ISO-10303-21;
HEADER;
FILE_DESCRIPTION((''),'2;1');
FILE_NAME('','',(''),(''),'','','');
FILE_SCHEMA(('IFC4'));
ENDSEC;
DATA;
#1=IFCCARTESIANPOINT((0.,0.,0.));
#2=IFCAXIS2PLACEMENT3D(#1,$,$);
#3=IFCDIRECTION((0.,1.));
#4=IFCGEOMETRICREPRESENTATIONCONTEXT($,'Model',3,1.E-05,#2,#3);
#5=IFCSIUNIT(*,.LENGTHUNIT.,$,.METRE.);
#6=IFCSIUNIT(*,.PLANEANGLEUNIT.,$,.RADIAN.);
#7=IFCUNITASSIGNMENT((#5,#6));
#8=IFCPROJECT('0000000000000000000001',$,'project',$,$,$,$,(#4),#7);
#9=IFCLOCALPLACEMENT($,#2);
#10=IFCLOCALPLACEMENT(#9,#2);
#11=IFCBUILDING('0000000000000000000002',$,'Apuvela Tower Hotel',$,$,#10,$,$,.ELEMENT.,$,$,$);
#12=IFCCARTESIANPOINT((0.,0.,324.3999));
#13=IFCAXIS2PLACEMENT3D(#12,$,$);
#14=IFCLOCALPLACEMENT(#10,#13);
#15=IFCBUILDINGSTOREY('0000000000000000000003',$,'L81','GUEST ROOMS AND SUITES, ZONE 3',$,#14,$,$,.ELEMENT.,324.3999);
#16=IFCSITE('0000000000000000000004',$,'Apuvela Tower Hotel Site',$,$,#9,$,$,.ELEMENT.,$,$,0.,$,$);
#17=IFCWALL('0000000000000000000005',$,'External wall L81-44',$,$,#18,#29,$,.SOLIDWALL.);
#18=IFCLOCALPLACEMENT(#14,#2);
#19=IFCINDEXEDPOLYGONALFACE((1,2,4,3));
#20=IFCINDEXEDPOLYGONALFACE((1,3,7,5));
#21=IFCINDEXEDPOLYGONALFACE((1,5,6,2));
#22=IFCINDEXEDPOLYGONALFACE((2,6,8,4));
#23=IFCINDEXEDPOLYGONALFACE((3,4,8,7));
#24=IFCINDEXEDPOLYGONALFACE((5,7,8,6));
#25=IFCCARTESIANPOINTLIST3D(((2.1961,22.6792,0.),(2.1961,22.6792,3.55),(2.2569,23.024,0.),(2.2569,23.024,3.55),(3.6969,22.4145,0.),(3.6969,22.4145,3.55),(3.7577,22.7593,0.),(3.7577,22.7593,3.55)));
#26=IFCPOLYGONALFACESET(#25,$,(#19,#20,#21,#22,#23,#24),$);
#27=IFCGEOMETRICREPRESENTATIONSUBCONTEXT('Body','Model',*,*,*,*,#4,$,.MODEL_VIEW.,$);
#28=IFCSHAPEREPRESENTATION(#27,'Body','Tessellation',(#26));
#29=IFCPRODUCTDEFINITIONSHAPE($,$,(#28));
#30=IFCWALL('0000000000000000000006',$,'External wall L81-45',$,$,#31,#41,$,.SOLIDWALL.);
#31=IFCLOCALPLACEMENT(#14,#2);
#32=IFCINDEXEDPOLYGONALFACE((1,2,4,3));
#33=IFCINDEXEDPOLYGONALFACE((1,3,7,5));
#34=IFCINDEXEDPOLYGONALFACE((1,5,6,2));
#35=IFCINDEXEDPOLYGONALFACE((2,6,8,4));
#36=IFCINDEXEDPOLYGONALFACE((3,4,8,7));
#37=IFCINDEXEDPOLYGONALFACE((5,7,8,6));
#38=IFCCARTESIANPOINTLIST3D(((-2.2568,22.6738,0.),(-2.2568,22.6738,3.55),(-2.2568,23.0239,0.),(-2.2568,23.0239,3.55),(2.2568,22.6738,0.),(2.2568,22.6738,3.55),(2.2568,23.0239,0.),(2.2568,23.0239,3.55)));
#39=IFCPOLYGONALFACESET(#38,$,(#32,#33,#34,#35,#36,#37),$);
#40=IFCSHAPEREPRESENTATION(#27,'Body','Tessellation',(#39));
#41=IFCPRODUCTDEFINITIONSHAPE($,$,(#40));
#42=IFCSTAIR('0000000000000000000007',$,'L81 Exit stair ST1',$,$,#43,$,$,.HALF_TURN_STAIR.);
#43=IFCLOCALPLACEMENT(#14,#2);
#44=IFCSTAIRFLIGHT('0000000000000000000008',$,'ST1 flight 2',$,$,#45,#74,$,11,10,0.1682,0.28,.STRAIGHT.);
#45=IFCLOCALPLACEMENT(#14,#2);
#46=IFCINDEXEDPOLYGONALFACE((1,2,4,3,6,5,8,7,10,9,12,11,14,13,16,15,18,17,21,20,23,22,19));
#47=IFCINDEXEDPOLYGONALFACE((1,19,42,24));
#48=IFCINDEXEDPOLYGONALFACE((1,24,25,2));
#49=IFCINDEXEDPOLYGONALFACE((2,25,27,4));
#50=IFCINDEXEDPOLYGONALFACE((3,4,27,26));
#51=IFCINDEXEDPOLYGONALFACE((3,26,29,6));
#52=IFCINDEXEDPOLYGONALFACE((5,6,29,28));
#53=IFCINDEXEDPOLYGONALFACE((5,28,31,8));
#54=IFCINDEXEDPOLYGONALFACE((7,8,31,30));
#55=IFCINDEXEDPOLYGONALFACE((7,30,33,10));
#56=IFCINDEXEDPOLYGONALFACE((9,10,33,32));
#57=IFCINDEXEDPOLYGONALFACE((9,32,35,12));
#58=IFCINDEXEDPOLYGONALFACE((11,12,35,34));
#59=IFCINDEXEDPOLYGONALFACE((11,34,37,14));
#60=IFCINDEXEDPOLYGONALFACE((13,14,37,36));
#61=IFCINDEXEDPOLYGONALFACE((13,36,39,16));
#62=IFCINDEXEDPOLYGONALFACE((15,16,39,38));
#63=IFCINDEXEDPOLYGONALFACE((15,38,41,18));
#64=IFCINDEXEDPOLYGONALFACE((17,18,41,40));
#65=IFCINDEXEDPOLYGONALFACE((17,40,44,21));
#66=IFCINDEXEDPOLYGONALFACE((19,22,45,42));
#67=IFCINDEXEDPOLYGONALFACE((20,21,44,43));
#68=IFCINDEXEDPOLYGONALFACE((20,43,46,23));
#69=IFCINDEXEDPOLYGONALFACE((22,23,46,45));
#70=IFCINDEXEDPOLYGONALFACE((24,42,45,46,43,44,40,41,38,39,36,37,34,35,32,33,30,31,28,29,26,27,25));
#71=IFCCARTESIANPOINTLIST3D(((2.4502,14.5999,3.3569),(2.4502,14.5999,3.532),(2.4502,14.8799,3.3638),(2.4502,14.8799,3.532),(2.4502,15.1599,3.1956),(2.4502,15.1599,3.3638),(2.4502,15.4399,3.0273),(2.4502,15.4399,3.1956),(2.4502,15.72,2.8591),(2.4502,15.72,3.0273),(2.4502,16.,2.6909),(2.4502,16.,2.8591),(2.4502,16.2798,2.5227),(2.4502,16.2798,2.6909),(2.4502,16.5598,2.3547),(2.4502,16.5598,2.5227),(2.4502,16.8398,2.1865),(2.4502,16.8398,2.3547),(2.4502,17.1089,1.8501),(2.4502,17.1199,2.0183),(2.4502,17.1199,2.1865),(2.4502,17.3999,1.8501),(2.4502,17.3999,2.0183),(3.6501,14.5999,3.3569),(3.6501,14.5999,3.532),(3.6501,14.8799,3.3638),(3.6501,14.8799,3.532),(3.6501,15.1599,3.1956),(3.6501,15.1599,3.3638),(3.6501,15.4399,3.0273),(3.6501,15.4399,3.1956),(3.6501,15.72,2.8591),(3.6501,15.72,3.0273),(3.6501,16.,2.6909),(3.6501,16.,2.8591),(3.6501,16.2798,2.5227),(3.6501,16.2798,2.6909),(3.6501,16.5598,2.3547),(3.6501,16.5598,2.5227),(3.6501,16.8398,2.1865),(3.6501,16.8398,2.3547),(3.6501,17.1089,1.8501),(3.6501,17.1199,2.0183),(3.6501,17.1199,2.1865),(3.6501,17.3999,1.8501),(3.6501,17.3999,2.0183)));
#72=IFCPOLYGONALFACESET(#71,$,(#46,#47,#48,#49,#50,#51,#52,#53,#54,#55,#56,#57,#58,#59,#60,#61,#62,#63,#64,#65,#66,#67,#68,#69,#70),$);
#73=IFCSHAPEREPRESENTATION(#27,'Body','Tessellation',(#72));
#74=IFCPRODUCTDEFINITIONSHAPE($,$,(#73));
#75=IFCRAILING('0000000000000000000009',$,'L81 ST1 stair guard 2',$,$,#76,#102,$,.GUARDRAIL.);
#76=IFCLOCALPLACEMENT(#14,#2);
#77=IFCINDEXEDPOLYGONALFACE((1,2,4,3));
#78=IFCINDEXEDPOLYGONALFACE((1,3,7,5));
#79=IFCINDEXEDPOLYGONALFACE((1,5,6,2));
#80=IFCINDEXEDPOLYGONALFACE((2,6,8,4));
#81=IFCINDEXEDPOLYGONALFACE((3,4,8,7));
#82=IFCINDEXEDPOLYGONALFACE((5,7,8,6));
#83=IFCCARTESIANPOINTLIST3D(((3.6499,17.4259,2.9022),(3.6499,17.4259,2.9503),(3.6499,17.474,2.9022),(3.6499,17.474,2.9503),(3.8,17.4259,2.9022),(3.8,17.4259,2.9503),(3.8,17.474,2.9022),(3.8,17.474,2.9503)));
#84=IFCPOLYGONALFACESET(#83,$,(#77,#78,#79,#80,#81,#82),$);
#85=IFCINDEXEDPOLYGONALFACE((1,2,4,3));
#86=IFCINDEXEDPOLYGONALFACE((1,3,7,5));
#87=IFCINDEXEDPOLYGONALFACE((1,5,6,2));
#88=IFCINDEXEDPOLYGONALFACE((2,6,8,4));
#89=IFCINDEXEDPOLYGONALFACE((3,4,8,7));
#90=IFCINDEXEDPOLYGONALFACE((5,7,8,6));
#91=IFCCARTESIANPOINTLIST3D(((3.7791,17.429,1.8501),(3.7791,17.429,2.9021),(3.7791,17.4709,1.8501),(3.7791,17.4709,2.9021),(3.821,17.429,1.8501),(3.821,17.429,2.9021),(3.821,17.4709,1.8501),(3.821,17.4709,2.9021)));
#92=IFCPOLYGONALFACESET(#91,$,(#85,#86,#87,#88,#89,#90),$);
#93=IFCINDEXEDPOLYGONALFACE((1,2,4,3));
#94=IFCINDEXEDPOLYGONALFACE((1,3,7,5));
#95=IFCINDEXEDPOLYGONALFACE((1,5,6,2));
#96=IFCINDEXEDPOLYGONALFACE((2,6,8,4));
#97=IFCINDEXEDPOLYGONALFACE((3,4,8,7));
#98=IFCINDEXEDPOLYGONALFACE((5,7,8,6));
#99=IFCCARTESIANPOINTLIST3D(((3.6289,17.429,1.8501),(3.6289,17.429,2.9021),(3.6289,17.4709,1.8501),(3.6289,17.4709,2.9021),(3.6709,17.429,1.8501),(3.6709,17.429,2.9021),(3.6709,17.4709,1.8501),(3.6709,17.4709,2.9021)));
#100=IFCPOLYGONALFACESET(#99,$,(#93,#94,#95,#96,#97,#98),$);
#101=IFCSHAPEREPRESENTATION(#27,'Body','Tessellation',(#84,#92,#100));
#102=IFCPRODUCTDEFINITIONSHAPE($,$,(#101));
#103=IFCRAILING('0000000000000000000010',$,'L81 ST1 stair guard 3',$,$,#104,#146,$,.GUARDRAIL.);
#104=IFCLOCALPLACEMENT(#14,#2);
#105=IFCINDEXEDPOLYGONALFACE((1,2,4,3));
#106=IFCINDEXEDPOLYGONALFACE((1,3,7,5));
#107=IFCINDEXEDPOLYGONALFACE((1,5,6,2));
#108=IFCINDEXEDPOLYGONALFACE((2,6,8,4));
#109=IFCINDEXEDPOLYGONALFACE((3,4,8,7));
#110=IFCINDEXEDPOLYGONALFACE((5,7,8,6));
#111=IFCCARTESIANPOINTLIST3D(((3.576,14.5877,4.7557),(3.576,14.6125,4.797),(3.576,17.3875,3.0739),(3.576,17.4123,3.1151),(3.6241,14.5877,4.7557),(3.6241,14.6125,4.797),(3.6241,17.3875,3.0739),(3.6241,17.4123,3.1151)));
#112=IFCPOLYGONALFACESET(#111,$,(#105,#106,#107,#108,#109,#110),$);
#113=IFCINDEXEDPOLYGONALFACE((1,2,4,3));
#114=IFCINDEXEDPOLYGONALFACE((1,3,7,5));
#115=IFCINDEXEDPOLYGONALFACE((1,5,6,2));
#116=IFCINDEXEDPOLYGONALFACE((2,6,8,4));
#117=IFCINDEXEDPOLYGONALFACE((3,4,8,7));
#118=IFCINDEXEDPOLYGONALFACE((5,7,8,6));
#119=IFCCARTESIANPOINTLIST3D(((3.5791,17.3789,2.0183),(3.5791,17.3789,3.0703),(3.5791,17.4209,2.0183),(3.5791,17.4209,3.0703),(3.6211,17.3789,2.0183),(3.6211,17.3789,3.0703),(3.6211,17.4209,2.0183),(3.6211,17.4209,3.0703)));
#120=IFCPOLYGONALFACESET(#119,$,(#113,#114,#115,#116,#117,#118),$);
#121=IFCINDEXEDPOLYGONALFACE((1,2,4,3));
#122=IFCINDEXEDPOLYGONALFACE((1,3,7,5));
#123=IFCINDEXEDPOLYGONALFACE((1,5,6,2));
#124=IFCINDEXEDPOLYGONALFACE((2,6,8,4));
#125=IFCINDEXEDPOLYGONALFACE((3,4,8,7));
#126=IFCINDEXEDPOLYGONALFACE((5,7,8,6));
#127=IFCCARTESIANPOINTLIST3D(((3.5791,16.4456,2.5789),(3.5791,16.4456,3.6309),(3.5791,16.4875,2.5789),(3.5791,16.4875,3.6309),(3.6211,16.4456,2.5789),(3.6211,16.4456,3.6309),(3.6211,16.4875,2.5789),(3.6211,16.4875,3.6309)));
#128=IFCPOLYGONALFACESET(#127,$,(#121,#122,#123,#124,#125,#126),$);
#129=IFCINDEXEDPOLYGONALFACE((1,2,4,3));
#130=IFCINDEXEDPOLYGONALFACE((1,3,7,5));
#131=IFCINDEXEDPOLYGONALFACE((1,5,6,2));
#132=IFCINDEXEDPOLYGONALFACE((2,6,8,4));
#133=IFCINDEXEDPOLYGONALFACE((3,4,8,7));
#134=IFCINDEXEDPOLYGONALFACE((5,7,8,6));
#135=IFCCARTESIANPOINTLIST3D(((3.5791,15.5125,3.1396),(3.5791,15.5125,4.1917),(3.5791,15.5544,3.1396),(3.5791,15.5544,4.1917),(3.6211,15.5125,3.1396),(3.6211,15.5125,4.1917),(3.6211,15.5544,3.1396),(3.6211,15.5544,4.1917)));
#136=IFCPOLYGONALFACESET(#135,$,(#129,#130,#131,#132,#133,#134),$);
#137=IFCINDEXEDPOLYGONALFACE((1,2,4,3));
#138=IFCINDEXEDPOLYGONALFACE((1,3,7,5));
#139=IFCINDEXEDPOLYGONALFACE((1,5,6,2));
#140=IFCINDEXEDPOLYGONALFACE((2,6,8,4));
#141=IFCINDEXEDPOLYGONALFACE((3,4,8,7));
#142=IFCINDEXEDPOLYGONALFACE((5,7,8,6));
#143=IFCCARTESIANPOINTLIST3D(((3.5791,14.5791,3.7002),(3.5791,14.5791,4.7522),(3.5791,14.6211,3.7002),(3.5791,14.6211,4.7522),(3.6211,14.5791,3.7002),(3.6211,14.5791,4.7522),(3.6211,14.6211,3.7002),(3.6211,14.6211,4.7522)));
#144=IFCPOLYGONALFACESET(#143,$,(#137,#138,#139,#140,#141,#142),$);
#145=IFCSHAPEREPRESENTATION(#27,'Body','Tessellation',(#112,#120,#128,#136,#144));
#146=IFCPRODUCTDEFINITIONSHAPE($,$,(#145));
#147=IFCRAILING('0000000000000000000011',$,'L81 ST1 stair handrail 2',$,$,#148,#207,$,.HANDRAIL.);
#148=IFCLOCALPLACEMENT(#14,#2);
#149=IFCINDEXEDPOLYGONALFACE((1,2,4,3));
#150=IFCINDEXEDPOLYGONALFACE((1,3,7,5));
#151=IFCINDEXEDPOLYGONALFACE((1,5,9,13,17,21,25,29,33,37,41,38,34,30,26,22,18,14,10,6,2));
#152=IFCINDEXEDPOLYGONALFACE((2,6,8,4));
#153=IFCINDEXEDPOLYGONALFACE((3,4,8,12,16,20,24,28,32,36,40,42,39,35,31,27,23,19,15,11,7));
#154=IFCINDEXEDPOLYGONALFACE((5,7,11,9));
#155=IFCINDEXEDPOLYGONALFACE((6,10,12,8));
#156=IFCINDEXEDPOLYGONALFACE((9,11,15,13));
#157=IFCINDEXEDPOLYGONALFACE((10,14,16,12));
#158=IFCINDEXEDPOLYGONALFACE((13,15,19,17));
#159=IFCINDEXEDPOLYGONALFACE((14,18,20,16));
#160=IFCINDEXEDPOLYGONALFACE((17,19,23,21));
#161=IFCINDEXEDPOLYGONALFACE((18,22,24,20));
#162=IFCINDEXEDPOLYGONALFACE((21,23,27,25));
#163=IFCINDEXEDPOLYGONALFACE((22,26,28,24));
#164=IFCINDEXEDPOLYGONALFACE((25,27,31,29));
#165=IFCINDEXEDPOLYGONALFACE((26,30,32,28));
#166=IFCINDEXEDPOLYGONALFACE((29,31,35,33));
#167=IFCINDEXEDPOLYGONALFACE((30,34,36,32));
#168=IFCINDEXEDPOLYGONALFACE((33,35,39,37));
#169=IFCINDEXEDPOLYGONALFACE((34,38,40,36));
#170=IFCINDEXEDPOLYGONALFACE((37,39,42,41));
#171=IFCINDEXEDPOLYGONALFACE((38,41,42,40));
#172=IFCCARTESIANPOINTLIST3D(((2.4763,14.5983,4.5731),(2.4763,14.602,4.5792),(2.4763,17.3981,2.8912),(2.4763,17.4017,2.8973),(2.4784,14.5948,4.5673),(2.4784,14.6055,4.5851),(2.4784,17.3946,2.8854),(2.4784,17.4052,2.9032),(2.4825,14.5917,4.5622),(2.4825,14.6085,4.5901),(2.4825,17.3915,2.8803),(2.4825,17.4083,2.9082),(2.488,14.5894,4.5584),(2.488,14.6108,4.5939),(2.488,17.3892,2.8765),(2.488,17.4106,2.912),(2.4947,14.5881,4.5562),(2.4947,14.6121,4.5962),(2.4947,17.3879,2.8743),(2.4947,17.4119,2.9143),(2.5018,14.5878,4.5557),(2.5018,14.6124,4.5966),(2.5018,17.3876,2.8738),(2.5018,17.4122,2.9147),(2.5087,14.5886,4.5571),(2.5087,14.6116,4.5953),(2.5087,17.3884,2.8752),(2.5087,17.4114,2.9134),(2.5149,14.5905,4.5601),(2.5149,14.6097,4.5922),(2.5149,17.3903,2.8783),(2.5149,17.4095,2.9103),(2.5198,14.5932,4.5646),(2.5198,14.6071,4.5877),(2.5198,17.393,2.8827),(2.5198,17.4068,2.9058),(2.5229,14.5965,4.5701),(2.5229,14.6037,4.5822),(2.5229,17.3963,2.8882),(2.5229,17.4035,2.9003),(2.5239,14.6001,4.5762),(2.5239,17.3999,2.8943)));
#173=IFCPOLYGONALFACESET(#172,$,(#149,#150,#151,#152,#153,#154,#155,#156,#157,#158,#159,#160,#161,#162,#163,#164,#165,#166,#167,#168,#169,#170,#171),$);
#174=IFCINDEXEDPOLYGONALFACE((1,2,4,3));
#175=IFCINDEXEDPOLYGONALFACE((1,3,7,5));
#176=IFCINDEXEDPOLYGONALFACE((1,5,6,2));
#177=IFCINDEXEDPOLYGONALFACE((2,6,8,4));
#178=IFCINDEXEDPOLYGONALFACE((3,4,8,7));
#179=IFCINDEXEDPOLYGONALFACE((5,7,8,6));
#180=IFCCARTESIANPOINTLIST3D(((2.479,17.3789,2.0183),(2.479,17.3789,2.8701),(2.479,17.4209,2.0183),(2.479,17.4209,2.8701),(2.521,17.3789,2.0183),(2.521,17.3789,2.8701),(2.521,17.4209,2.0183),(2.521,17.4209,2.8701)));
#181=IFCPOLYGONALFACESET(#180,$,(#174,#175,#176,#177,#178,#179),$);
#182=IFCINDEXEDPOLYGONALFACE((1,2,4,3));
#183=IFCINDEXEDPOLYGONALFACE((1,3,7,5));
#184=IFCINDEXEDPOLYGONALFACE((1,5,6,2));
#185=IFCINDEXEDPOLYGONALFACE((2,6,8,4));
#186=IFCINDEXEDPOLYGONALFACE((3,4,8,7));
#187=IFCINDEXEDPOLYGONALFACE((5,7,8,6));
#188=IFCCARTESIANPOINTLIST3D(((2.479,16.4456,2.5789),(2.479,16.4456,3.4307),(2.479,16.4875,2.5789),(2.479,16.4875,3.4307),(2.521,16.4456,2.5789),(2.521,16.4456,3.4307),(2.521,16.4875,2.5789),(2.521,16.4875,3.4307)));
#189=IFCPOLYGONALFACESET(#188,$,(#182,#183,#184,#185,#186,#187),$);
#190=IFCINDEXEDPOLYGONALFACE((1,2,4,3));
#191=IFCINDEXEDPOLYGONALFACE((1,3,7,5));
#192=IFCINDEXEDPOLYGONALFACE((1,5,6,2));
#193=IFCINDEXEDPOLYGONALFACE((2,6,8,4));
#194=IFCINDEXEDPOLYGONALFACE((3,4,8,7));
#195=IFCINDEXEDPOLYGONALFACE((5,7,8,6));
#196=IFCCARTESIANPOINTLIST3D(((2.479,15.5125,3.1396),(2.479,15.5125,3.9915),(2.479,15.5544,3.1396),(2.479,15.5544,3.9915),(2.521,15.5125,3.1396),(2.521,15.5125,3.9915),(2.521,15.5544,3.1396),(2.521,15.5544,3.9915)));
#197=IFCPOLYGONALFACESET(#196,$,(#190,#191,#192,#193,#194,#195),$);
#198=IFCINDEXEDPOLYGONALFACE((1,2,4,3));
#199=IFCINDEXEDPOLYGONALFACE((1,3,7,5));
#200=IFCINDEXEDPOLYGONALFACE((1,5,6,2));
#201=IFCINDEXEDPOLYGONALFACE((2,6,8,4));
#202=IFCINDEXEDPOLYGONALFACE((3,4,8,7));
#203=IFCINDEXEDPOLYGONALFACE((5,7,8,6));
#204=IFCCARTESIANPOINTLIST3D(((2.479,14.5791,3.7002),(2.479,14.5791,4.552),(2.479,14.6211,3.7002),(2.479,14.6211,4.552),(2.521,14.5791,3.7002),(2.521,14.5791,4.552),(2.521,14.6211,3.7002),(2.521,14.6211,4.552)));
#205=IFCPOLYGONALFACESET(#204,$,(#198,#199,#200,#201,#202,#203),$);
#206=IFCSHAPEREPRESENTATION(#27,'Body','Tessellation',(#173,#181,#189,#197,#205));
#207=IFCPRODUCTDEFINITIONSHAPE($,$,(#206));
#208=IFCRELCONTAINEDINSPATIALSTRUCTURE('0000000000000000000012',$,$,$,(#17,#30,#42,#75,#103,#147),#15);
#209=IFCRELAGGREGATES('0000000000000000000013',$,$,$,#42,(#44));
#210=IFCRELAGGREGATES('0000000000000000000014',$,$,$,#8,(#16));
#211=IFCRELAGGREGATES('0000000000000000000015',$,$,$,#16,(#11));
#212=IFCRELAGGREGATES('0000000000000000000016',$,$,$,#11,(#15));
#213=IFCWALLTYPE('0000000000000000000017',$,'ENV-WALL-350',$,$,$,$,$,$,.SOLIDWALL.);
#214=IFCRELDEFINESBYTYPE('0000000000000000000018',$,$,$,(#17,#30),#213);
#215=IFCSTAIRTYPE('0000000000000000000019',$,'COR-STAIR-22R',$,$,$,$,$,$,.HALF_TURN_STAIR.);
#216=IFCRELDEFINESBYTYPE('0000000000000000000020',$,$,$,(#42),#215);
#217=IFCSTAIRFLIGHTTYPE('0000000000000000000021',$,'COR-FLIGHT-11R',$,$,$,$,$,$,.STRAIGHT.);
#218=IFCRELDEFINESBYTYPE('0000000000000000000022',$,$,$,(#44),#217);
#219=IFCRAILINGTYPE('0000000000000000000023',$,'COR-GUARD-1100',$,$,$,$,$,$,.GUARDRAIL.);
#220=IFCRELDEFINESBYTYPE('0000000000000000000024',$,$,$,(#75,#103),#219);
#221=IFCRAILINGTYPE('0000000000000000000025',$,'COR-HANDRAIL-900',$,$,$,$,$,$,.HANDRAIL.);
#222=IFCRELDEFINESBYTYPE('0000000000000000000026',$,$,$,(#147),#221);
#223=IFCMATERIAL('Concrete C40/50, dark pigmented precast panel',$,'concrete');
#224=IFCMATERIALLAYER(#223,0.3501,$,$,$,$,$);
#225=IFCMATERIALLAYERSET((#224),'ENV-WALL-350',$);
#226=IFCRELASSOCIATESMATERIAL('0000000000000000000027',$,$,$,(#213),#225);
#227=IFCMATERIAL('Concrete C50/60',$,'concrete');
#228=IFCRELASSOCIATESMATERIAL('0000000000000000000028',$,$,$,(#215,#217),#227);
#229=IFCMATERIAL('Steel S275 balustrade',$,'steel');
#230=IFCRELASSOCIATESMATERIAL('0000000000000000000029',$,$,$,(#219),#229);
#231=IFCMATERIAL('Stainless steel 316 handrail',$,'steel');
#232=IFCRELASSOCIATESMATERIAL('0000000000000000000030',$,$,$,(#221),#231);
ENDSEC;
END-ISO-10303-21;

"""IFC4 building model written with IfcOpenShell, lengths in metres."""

from ifc_helpers import new_model, si_unit, direction, frame, frame_2d, origin, origin_2d, place, context, subcontext, project, spatial, polyline, rectangle, circle, outline, extrude, material, layer, layer_set, type_object, element, aggregate, save


model = new_model("IFC4")

# Units and contexts
model_context = context("Model", 3, precision=1e-05, world=origin(), true_north=direction((0.0, 1.0)))
body_context = subcontext(model_context, "Body", "Model", "MODEL_VIEW")
ifc_project = project(units=[si_unit("LENGTHUNIT", "METRE"), si_unit("PLANEANGLEUNIT", "RADIAN")], contexts=[model_context])

# Site, building, storey
site_placement = place(None, origin())
site = spatial("IfcSite", under=ifc_project, at=site_placement, Name="Apuvela Tower Hotel Site", CompositionType="ELEMENT", RefElevation=0.0)
building_placement = place(site_placement, origin())
building = spatial("IfcBuilding", under=site, at=building_placement, Name="Apuvela Tower Hotel", CompositionType="ELEMENT")
storey_placement = place(building_placement, frame((0.0, 0.0, 324.3999)))
storey = spatial("IfcBuildingStorey", under=building, at=storey_placement, Name="L81", Description="GUEST ROOMS AND SUITES, ZONE 3", CompositionType="ELEMENT", Elevation=324.3999)

# Shared definitions
ifc_material_1 = material(Name="Concrete C50/60", Category="concrete")

# Shared definitions
ifc_material_2 = material(Name="Concrete C40/50, dark pigmented precast panel", Category="concrete")
ifc_layer_1 = layer(ifc_material_2, 0.3501)
ifc_layer_set_1 = layer_set([ifc_layer_1], Name="ENV-WALL-350")
wall_type_1 = type_object("IfcWallType", Name="ENV-WALL-350", PredefinedType="SOLIDWALL", material=ifc_layer_set_1)

# Walls
wall_1_placement = place(storey_placement, frame((3.7273, 22.5869, 0.0), z_axis=(0.0, 0.0, 1.0), x_axis=(-0.984805, 0.173667, 0.0)))
element("IfcWall", 1, at=wall_1_placement, inside=storey, type_object=wall_type_1, Name="External wall L81-44", PredefinedType="SOLIDWALL", context=body_context, shape_type="SweptSolid", body=[
    extrude(rectangle(XDim=1.5239, YDim=0.3501, at=frame_2d((0.762, 0.0))), origin(), (0.0, 0.0, 1.0), 3.55),
])
wall_2_placement = place(storey_placement, frame((2.2568, 22.8489, 0.0), z_axis=(0.0, 0.0, 1.0), x_axis=(-1.0, 0.0, 0.0)))
element("IfcWall", 2, at=wall_2_placement, inside=storey, type_object=wall_type_1, Name="External wall L81-45", PredefinedType="SOLIDWALL", context=body_context, shape_type="SweptSolid", body=[
    extrude(rectangle(XDim=4.5137, YDim=0.3501, at=frame_2d((2.2568, 0.0))), origin(), (0.0, 0.0, 1.0), 3.55),
])

# Stair, stair flight
stair_type = type_object("IfcStairType", Name="COR-STAIR-22R", PredefinedType="HALF_TURN_STAIR", material=ifc_material_1)
stair_placement = place(storey_placement, origin())
stair = element("IfcStair", 3, at=stair_placement, inside=storey, type_object=stair_type, Name="L81 Exit stair ST1", PredefinedType="HALF_TURN_STAIR")
stair_flight_type = type_object("IfcStairFlightType", Name="COR-FLIGHT-11R", PredefinedType="STRAIGHT", material=ifc_material_1)
stair_flight_placement = place(storey_placement, frame((3.05, 17.3999, 1.8501), z_axis=(0.0, 0.0, 1.0), x_axis=(0.0, -1.0, 0.0)))
stair_flight = element("IfcStairFlight", 4, at=stair_flight_placement, type_object=stair_flight_type, Name="ST1 flight 2", NumberOfRisers=11, NumberOfTreads=10, PredefinedType="STRAIGHT", RiserHeight=0.1682, TreadLength=0.28, context=body_context, shape_type="SweptSolid", body=[
    extrude(outline(polyline([(0.0, 0.0), (0.0, 0.1682), (0.28, 0.1682), (0.28, 0.3364), (0.5601, 0.3364), (0.5601, 0.5046), (0.8401, 0.5046), (0.8401, 0.6726), (1.1201, 0.6726), (1.1201, 0.8408), (1.3999, 0.8408), (1.3999, 1.009), (1.6799, 1.009), (1.6799, 1.1772), (1.96, 1.1772), (1.96, 1.3455), (2.24, 1.3455), (2.24, 1.5137), (2.52, 1.5137), (2.52, 1.6819), (2.8, 1.6819), (2.8, 1.8501), (2.8, 1.5068), (0.291, 0.0), (0.0, 0.0)])), frame((0.0, 0.6001, 0.0), z_axis=(0.0, -1.0, 0.0), x_axis=(1.0, 0.0, 0.0)), (0.0, 0.0, 1.0), 1.2),
])
aggregate(stair, [stair_flight])

# Railings
ifc_material_3 = material(Name="Steel S275 balustrade", Category="steel")
railing_type_1 = type_object("IfcRailingType", Name="COR-GUARD-1100", PredefinedType="GUARDRAIL", material=ifc_material_3)
railing_1_placement = place(storey_placement, frame((3.8, 17.45, 1.8501)))
element("IfcRailing", 5, at=railing_1_placement, inside=storey, type_object=railing_type_1, Name="L81 ST1 stair guard 2", PredefinedType="GUARDRAIL", context=body_context, shape_type="SweptSolid", body=[
    extrude(rectangle(XDim=0.0481, YDim=0.0481, at=origin_2d()), frame((0.0, 0.0, 1.0762), z_axis=(-1.0, 0.0, 0.0), x_axis=(0.0, -1.0, 0.0)), (0.0, 0.0, 1.0), 0.1501),
    extrude(rectangle(XDim=0.042, YDim=0.042, at=origin_2d()), origin(), (0.0, 0.0, 1.0), 1.052),
    extrude(rectangle(XDim=0.042, YDim=0.042, at=origin_2d()), frame((-0.1501, 0.0, 0.0)), (0.0, 0.0, 1.0), 1.052),
])
railing_2_placement = place(storey_placement, frame((3.6001, 17.3999, 2.0183)))
element("IfcRailing", 6, at=railing_2_placement, inside=storey, type_object=railing_type_1, Name="L81 ST1 stair guard 3", PredefinedType="GUARDRAIL", context=body_context, shape_type="SweptSolid", body=[
    extrude(rectangle(XDim=0.0481, YDim=0.0481, at=origin_2d()), frame((0.0, 0.0, 1.0762), z_axis=(0.0, -0.857222, 0.514946), x_axis=(1.0, 0.0, 0.0)), (0.0, 0.0, 1.0), 3.2661),
    extrude(rectangle(XDim=0.042, YDim=0.042, at=origin_2d()), origin(), (0.0, 0.0, 1.0), 1.052),
    extrude(rectangle(XDim=0.042, YDim=0.042, at=origin_2d()), frame((0.0, -0.9333, 0.5605)), (0.0, 0.0, 1.0), 1.052),
    extrude(rectangle(XDim=0.042, YDim=0.042, at=origin_2d()), frame((0.0, -1.8665, 1.1213)), (0.0, 0.0, 1.0), 1.052),
    extrude(rectangle(XDim=0.042, YDim=0.042, at=origin_2d()), frame((0.0, -2.7998, 1.6819)), (0.0, 0.0, 1.0), 1.052),
])
ifc_material_4 = material(Name="Stainless steel 316 handrail", Category="steel")
railing_type_2 = type_object("IfcRailingType", Name="COR-HANDRAIL-900", PredefinedType="HANDRAIL", material=ifc_material_4)
railing_3_placement = place(storey_placement, frame((2.5, 17.3999, 2.0183)))
element("IfcRailing", 7, at=railing_3_placement, inside=storey, type_object=railing_type_2, Name="L81 ST1 stair handrail 2", PredefinedType="HANDRAIL", context=body_context, shape_type="SweptSolid", body=[
    extrude(circle(Radius=0.0239, at=origin_2d()), frame((0.0, 0.0, 0.876), z_axis=(0.0, -0.857222, 0.514946), x_axis=(1.0, 0.0, 0.0)), (0.0, 0.0, 1.0), 3.2661),
    extrude(rectangle(XDim=0.042, YDim=0.042, at=origin_2d()), origin(), (0.0, 0.0, 1.0), 0.8518),
    extrude(rectangle(XDim=0.042, YDim=0.042, at=origin_2d()), frame((0.0, -0.9333, 0.5605)), (0.0, 0.0, 1.0), 0.8518),
    extrude(rectangle(XDim=0.042, YDim=0.042, at=origin_2d()), frame((0.0, -1.8665, 1.1213)), (0.0, 0.0, 1.0), 0.8518),
    extrude(rectangle(XDim=0.042, YDim=0.042, at=origin_2d()), frame((0.0, -2.7998, 1.6819)), (0.0, 0.0, 1.0), 0.8518),
])

save(model, "model.ifc")
